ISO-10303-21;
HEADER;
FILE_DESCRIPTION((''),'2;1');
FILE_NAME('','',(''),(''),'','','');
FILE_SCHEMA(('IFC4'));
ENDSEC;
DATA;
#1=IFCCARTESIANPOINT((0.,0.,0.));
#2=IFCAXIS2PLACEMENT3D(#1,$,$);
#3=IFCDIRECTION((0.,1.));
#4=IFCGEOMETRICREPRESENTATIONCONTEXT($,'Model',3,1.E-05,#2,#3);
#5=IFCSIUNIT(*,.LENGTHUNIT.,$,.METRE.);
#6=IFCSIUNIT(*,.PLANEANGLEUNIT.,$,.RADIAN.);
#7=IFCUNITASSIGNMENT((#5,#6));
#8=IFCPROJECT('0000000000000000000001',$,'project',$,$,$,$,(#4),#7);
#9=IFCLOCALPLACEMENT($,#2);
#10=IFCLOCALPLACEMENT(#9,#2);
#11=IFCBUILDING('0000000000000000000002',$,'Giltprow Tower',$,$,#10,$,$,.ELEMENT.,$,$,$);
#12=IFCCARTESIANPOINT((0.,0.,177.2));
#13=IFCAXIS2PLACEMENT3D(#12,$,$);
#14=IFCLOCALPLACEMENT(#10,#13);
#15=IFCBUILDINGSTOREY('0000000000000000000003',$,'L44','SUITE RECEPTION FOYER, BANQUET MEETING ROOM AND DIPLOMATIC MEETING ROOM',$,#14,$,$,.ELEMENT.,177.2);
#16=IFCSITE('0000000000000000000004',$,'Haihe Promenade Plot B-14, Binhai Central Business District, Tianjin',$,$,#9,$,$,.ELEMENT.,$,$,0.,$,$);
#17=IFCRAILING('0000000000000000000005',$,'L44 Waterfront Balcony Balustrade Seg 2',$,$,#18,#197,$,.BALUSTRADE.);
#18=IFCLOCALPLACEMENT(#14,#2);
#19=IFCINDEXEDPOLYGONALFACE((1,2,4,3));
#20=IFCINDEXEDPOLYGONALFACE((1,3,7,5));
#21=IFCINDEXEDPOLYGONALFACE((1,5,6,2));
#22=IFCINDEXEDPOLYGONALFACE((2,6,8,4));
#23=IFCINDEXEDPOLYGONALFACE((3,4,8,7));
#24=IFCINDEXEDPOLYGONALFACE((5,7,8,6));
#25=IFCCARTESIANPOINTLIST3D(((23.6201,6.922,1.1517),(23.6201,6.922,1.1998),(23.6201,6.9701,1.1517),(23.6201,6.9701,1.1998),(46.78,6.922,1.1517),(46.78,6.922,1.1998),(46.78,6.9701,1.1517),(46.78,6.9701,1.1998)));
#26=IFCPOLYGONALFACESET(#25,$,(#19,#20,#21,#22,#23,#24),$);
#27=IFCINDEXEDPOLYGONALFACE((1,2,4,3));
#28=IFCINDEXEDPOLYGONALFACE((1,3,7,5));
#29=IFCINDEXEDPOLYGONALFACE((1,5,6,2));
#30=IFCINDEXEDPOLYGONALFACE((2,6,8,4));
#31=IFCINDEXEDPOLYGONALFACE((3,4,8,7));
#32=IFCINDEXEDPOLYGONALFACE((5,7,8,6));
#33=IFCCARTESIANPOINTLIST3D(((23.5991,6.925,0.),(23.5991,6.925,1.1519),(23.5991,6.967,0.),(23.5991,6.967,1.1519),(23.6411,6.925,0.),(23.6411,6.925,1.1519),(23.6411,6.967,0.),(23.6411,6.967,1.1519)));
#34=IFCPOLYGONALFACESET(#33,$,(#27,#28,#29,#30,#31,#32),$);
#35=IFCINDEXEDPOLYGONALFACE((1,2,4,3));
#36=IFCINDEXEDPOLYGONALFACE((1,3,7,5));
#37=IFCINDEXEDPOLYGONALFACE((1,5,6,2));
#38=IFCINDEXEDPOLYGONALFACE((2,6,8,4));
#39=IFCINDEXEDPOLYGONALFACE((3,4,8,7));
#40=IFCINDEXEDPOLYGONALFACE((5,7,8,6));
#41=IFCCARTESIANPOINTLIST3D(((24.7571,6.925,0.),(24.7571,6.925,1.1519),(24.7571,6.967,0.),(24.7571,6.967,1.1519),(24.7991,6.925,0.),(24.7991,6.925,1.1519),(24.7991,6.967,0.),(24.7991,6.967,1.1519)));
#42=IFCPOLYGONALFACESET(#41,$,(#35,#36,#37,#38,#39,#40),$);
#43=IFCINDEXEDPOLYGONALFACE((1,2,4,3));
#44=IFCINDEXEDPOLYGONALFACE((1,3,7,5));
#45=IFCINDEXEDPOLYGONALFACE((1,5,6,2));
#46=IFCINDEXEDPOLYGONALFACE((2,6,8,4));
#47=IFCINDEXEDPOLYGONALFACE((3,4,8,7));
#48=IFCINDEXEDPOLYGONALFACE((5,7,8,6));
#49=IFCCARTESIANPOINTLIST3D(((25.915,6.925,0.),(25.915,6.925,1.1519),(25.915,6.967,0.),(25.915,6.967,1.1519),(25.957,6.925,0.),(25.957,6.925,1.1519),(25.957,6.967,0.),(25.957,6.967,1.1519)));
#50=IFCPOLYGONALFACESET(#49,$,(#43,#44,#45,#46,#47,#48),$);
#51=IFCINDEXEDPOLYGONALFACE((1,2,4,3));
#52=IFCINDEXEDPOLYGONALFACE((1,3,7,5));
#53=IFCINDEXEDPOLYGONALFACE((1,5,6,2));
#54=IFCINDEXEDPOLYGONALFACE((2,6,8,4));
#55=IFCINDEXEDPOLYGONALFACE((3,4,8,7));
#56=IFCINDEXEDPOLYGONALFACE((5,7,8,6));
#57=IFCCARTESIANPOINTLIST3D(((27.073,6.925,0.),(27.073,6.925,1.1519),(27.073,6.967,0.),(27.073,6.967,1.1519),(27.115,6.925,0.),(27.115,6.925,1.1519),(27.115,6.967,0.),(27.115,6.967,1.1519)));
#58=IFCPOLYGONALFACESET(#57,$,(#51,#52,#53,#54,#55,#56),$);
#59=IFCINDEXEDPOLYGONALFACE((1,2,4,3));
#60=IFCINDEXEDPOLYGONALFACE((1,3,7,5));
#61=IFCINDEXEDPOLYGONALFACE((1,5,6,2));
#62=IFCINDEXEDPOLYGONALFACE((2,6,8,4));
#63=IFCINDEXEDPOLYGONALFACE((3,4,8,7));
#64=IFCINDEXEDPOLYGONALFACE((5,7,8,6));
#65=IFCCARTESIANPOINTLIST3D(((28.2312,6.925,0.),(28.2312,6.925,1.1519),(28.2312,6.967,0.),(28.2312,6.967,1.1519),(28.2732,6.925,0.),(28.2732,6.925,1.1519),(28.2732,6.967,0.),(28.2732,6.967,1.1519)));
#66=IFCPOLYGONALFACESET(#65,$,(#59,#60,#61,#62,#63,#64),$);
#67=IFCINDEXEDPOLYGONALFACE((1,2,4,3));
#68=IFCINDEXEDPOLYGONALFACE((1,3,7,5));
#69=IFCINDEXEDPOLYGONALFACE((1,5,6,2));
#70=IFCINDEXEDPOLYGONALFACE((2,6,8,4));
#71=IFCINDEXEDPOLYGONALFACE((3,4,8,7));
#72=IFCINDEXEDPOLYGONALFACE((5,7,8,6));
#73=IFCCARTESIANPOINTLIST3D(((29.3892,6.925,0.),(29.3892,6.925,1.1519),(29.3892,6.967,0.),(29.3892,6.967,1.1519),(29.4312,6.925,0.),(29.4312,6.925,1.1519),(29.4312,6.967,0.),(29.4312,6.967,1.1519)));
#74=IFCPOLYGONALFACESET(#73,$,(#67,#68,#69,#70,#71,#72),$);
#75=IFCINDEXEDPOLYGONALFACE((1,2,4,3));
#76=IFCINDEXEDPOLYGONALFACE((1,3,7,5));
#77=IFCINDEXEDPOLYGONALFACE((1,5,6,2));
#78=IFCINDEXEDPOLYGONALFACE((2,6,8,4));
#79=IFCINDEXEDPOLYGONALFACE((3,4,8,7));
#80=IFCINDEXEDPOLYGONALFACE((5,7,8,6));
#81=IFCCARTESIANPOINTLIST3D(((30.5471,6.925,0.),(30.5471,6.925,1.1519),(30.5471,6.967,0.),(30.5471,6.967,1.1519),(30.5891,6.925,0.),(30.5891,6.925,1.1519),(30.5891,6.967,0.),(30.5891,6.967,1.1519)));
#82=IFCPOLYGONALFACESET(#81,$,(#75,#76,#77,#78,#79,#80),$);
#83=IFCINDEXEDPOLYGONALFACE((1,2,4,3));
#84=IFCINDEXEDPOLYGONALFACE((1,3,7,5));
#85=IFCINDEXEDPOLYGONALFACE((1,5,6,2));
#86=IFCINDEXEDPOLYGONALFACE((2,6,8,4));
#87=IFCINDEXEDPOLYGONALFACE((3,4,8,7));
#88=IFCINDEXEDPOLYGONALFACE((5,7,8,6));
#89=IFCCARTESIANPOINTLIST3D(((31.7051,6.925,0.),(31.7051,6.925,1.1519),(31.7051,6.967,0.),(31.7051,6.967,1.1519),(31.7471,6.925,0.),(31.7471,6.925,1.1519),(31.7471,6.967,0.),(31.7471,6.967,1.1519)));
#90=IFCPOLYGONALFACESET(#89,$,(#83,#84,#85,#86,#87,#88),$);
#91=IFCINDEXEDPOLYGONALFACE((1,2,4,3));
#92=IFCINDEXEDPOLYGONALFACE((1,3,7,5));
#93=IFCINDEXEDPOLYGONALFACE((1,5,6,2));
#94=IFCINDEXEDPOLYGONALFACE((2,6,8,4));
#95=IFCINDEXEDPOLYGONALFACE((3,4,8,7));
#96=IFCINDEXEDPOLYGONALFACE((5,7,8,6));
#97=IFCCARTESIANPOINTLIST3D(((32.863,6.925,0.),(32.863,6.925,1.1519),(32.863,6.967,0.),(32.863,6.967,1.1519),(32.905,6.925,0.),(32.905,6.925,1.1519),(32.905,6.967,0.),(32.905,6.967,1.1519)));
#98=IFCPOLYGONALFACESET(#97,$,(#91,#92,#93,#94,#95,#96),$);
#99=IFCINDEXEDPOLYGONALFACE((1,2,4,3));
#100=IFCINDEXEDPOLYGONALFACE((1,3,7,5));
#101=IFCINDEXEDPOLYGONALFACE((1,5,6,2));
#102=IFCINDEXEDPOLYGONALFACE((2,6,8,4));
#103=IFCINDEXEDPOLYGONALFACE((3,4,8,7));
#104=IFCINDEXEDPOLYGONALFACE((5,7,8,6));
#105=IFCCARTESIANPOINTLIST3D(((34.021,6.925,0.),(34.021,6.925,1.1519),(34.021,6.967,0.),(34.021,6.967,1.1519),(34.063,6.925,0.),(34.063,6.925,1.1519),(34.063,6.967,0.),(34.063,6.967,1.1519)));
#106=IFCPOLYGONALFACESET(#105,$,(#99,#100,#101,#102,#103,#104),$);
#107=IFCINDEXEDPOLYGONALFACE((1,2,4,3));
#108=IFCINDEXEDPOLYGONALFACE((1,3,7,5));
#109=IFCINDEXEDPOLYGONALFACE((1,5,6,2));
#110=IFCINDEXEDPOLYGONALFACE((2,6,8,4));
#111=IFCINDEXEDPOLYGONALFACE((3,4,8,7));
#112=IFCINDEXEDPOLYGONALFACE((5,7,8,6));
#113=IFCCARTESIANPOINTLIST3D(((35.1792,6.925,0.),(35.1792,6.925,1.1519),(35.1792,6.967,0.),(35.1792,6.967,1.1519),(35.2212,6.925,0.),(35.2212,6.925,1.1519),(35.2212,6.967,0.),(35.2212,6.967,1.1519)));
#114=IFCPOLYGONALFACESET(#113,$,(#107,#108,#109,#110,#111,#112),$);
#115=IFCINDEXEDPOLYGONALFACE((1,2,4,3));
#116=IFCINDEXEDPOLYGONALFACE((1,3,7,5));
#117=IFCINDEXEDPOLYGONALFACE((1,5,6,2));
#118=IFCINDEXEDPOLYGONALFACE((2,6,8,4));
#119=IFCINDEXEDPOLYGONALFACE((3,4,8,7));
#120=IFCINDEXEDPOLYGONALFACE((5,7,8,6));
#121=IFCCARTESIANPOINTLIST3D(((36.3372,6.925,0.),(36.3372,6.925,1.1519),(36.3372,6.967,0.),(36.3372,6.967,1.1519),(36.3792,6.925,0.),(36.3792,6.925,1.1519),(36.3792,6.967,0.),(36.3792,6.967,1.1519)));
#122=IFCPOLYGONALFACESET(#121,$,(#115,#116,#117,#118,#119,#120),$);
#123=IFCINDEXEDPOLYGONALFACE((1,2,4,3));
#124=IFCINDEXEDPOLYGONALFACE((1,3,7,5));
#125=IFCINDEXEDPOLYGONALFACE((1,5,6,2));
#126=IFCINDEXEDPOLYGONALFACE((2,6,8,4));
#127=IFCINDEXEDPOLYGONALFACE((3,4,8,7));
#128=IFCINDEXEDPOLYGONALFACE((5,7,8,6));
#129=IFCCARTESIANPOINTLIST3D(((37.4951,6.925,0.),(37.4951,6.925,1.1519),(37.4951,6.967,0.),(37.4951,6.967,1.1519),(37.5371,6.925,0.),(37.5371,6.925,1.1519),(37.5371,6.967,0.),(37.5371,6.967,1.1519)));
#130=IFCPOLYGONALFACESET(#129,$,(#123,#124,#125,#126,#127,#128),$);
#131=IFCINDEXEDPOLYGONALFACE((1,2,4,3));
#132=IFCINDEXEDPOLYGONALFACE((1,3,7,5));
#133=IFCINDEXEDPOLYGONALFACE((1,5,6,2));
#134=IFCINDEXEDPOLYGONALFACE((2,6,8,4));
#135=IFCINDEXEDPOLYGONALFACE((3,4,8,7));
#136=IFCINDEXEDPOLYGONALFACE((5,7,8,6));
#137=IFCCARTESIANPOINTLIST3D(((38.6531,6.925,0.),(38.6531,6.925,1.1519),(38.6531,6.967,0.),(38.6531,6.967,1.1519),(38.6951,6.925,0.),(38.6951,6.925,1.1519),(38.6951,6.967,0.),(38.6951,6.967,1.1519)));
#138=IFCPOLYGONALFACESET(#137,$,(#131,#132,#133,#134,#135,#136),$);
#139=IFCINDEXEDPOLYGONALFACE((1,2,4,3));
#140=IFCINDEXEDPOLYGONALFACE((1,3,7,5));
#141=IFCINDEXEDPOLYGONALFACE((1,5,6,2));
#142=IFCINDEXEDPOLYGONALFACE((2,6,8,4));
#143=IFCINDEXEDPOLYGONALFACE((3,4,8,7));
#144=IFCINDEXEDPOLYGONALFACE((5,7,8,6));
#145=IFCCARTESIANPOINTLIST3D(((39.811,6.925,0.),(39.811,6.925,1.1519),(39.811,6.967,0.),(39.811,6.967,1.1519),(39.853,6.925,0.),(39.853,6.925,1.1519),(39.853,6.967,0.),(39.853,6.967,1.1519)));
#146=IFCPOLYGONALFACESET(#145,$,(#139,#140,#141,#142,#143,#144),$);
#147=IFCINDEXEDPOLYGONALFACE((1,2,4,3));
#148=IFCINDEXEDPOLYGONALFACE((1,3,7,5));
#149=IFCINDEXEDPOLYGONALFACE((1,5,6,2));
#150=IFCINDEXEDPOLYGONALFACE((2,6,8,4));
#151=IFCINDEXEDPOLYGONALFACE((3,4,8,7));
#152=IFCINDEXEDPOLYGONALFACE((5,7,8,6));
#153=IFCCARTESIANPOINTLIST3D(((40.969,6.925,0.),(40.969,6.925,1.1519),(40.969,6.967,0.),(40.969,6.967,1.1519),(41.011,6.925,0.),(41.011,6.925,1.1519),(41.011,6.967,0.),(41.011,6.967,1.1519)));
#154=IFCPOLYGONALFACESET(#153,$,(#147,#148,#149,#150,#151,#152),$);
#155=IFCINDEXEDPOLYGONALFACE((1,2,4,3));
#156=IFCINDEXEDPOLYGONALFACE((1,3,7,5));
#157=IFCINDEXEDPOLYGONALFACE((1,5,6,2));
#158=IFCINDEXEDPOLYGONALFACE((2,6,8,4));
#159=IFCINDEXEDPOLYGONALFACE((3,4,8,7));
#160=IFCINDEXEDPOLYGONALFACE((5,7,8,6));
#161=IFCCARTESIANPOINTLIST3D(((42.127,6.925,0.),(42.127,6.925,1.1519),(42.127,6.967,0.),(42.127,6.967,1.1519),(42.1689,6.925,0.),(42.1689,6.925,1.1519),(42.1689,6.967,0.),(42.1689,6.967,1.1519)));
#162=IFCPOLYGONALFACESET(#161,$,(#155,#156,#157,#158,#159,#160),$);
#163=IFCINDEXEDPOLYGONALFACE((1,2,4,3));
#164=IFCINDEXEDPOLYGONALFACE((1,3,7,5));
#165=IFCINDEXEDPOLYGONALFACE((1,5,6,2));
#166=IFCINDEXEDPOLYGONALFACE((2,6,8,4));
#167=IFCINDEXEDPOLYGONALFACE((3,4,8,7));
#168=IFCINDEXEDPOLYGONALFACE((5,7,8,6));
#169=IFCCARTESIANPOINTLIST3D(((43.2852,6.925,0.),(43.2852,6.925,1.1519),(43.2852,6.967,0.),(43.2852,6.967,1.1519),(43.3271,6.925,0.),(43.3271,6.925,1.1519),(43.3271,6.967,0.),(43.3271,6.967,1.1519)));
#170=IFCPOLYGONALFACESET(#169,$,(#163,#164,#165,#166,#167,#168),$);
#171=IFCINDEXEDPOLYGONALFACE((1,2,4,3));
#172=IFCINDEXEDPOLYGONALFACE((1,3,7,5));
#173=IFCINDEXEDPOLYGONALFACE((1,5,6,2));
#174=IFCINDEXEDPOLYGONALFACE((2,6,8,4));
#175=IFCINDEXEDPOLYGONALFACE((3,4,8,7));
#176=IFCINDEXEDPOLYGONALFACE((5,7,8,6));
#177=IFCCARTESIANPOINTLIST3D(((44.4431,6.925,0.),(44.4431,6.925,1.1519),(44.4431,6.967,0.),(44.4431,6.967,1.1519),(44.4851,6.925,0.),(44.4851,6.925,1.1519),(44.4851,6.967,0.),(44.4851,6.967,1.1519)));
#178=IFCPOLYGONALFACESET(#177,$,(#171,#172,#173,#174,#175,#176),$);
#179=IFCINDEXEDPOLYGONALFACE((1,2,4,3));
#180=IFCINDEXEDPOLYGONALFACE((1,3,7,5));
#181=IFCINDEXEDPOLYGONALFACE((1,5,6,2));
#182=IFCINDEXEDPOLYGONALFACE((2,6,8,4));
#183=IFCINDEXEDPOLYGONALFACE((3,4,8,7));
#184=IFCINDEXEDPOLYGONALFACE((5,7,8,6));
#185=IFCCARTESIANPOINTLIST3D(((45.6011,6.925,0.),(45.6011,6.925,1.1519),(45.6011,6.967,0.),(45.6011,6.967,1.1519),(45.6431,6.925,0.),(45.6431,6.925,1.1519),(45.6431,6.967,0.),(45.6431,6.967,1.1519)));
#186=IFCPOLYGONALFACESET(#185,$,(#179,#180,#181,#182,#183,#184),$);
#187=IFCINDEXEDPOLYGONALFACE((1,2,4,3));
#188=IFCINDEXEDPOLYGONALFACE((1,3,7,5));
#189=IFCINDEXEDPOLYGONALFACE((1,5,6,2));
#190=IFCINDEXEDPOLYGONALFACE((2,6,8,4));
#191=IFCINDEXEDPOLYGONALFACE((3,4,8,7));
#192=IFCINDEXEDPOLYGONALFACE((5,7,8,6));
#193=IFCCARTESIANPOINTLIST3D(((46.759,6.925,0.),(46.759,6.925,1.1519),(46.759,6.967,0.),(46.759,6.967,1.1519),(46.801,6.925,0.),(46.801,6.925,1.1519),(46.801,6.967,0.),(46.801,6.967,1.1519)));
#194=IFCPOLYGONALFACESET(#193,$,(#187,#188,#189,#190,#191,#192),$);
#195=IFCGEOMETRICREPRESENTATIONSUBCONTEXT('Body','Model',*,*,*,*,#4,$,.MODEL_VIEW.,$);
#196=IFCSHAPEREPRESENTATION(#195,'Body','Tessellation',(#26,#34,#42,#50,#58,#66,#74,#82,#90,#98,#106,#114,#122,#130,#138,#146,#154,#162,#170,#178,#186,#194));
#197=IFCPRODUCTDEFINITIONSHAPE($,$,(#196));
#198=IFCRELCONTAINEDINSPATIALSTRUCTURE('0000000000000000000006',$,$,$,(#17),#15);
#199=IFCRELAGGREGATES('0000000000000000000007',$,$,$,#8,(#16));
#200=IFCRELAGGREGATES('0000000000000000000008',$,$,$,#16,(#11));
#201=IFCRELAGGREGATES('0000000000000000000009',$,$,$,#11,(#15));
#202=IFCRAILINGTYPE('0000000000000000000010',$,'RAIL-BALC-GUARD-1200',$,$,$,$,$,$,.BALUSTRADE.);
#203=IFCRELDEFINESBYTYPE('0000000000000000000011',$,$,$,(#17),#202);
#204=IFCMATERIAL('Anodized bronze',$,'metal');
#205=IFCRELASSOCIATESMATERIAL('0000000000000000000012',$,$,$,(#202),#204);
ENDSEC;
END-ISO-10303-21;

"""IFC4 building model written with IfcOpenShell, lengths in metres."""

from ifc_helpers import new_model, si_unit, direction, frame, origin, origin_2d, place, context, subcontext, project, spatial, rectangle, extrude, material, type_object, element, save


model = new_model("IFC4")

# Units and contexts
model_context = context("Model", 3, precision=1e-05, world=origin(), true_north=direction((0.0, 1.0)))
body_context = subcontext(model_context, "Body", "Model", "MODEL_VIEW")
ifc_project = project(units=[si_unit("LENGTHUNIT", "METRE"), si_unit("PLANEANGLEUNIT", "RADIAN")], contexts=[model_context])

# Site, building, storey
site_placement = place(None, origin())
site = spatial("IfcSite", under=ifc_project, at=site_placement, Name="Haihe Promenade Plot B-14, Binhai Central Business District, Tianjin", CompositionType="ELEMENT", RefElevation=0.0)
building_placement = place(site_placement, origin())
building = spatial("IfcBuilding", under=site, at=building_placement, Name="Giltprow Tower", CompositionType="ELEMENT")
storey_placement = place(building_placement, frame((0.0, 0.0, 177.2)))
storey = spatial("IfcBuildingStorey", under=building, at=storey_placement, Name="L44", Description="SUITE RECEPTION FOYER, BANQUET MEETING ROOM AND DIPLOMATIC MEETING ROOM", CompositionType="ELEMENT", Elevation=177.2)

# Railing
ifc_material_1 = material(Name="Anodized bronze", Category="metal")
railing_type = type_object("IfcRailingType", Name="RAIL-BALC-GUARD-1200", PredefinedType="BALUSTRADE", material=ifc_material_1)
railing_1_placement = place(storey_placement, frame((23.6201, 6.946, 0.0)))
element("IfcRailing", 1, at=railing_1_placement, inside=storey, type_object=railing_type, Name="L44 Waterfront Balcony Balustrade Seg 2", PredefinedType="BALUSTRADE", context=body_context, shape_type="SweptSolid", body=[
    extrude(rectangle(XDim=0.0481, YDim=0.0481, at=origin_2d()), frame((0.0, 0.0, 1.1758), z_axis=(1.0, 0.0, 0.0), x_axis=(0.0, 1.0, 0.0)), (0.0, 0.0, 1.0), 23.1599),
    extrude(rectangle(XDim=0.042, YDim=0.042, at=origin_2d()), origin(), (0.0, 0.0, 1.0), 1.1519),
    extrude(rectangle(XDim=0.042, YDim=0.042, at=origin_2d()), frame((1.158, 0.0, 0.0)), (0.0, 0.0, 1.0), 1.1519),
    extrude(rectangle(XDim=0.042, YDim=0.042, at=origin_2d()), frame((2.3159, 0.0, 0.0)), (0.0, 0.0, 1.0), 1.1519),
    extrude(rectangle(XDim=0.042, YDim=0.042, at=origin_2d()), frame((3.4739, 0.0, 0.0)), (0.0, 0.0, 1.0), 1.1519),
    extrude(rectangle(XDim=0.042, YDim=0.042, at=origin_2d()), frame((4.6321, 0.0, 0.0)), (0.0, 0.0, 1.0), 1.1519),
    extrude(rectangle(XDim=0.042, YDim=0.042, at=origin_2d()), frame((5.79, 0.0, 0.0)), (0.0, 0.0, 1.0), 1.1519),
    extrude(rectangle(XDim=0.042, YDim=0.042, at=origin_2d()), frame((6.948, 0.0, 0.0)), (0.0, 0.0, 1.0), 1.1519),
    extrude(rectangle(XDim=0.042, YDim=0.042, at=origin_2d()), frame((8.106, 0.0, 0.0)), (0.0, 0.0, 1.0), 1.1519),
    extrude(rectangle(XDim=0.042, YDim=0.042, at=origin_2d()), frame((9.2639, 0.0, 0.0)), (0.0, 0.0, 1.0), 1.1519),
    extrude(rectangle(XDim=0.042, YDim=0.042, at=origin_2d()), frame((10.4219, 0.0, 0.0)), (0.0, 0.0, 1.0), 1.1519),
    extrude(rectangle(XDim=0.042, YDim=0.042, at=origin_2d()), frame((11.5801, 0.0, 0.0)), (0.0, 0.0, 1.0), 1.1519),
    extrude(rectangle(XDim=0.042, YDim=0.042, at=origin_2d()), frame((12.738, 0.0, 0.0)), (0.0, 0.0, 1.0), 1.1519),
    extrude(rectangle(XDim=0.042, YDim=0.042, at=origin_2d()), frame((13.896, 0.0, 0.0)), (0.0, 0.0, 1.0), 1.1519),
    extrude(rectangle(XDim=0.042, YDim=0.042, at=origin_2d()), frame((15.054, 0.0, 0.0)), (0.0, 0.0, 1.0), 1.1519),
    extrude(rectangle(XDim=0.042, YDim=0.042, at=origin_2d()), frame((16.2119, 0.0, 0.0)), (0.0, 0.0, 1.0), 1.1519),
    extrude(rectangle(XDim=0.042, YDim=0.042, at=origin_2d()), frame((17.3699, 0.0, 0.0)), (0.0, 0.0, 1.0), 1.1519),
    extrude(rectangle(XDim=0.042, YDim=0.042, at=origin_2d()), frame((18.5278, 0.0, 0.0)), (0.0, 0.0, 1.0), 1.1519),
    extrude(rectangle(XDim=0.042, YDim=0.042, at=origin_2d()), frame((19.686, 0.0, 0.0)), (0.0, 0.0, 1.0), 1.1519),
    extrude(rectangle(XDim=0.042, YDim=0.042, at=origin_2d()), frame((20.844, 0.0, 0.0)), (0.0, 0.0, 1.0), 1.1519),
    extrude(rectangle(XDim=0.042, YDim=0.042, at=origin_2d()), frame((22.002, 0.0, 0.0)), (0.0, 0.0, 1.0), 1.1519),
    extrude(rectangle(XDim=0.042, YDim=0.042, at=origin_2d()), frame((23.1599, 0.0, 0.0)), (0.0, 0.0, 1.0), 1.1519),
])

save(model, "model.ifc")
